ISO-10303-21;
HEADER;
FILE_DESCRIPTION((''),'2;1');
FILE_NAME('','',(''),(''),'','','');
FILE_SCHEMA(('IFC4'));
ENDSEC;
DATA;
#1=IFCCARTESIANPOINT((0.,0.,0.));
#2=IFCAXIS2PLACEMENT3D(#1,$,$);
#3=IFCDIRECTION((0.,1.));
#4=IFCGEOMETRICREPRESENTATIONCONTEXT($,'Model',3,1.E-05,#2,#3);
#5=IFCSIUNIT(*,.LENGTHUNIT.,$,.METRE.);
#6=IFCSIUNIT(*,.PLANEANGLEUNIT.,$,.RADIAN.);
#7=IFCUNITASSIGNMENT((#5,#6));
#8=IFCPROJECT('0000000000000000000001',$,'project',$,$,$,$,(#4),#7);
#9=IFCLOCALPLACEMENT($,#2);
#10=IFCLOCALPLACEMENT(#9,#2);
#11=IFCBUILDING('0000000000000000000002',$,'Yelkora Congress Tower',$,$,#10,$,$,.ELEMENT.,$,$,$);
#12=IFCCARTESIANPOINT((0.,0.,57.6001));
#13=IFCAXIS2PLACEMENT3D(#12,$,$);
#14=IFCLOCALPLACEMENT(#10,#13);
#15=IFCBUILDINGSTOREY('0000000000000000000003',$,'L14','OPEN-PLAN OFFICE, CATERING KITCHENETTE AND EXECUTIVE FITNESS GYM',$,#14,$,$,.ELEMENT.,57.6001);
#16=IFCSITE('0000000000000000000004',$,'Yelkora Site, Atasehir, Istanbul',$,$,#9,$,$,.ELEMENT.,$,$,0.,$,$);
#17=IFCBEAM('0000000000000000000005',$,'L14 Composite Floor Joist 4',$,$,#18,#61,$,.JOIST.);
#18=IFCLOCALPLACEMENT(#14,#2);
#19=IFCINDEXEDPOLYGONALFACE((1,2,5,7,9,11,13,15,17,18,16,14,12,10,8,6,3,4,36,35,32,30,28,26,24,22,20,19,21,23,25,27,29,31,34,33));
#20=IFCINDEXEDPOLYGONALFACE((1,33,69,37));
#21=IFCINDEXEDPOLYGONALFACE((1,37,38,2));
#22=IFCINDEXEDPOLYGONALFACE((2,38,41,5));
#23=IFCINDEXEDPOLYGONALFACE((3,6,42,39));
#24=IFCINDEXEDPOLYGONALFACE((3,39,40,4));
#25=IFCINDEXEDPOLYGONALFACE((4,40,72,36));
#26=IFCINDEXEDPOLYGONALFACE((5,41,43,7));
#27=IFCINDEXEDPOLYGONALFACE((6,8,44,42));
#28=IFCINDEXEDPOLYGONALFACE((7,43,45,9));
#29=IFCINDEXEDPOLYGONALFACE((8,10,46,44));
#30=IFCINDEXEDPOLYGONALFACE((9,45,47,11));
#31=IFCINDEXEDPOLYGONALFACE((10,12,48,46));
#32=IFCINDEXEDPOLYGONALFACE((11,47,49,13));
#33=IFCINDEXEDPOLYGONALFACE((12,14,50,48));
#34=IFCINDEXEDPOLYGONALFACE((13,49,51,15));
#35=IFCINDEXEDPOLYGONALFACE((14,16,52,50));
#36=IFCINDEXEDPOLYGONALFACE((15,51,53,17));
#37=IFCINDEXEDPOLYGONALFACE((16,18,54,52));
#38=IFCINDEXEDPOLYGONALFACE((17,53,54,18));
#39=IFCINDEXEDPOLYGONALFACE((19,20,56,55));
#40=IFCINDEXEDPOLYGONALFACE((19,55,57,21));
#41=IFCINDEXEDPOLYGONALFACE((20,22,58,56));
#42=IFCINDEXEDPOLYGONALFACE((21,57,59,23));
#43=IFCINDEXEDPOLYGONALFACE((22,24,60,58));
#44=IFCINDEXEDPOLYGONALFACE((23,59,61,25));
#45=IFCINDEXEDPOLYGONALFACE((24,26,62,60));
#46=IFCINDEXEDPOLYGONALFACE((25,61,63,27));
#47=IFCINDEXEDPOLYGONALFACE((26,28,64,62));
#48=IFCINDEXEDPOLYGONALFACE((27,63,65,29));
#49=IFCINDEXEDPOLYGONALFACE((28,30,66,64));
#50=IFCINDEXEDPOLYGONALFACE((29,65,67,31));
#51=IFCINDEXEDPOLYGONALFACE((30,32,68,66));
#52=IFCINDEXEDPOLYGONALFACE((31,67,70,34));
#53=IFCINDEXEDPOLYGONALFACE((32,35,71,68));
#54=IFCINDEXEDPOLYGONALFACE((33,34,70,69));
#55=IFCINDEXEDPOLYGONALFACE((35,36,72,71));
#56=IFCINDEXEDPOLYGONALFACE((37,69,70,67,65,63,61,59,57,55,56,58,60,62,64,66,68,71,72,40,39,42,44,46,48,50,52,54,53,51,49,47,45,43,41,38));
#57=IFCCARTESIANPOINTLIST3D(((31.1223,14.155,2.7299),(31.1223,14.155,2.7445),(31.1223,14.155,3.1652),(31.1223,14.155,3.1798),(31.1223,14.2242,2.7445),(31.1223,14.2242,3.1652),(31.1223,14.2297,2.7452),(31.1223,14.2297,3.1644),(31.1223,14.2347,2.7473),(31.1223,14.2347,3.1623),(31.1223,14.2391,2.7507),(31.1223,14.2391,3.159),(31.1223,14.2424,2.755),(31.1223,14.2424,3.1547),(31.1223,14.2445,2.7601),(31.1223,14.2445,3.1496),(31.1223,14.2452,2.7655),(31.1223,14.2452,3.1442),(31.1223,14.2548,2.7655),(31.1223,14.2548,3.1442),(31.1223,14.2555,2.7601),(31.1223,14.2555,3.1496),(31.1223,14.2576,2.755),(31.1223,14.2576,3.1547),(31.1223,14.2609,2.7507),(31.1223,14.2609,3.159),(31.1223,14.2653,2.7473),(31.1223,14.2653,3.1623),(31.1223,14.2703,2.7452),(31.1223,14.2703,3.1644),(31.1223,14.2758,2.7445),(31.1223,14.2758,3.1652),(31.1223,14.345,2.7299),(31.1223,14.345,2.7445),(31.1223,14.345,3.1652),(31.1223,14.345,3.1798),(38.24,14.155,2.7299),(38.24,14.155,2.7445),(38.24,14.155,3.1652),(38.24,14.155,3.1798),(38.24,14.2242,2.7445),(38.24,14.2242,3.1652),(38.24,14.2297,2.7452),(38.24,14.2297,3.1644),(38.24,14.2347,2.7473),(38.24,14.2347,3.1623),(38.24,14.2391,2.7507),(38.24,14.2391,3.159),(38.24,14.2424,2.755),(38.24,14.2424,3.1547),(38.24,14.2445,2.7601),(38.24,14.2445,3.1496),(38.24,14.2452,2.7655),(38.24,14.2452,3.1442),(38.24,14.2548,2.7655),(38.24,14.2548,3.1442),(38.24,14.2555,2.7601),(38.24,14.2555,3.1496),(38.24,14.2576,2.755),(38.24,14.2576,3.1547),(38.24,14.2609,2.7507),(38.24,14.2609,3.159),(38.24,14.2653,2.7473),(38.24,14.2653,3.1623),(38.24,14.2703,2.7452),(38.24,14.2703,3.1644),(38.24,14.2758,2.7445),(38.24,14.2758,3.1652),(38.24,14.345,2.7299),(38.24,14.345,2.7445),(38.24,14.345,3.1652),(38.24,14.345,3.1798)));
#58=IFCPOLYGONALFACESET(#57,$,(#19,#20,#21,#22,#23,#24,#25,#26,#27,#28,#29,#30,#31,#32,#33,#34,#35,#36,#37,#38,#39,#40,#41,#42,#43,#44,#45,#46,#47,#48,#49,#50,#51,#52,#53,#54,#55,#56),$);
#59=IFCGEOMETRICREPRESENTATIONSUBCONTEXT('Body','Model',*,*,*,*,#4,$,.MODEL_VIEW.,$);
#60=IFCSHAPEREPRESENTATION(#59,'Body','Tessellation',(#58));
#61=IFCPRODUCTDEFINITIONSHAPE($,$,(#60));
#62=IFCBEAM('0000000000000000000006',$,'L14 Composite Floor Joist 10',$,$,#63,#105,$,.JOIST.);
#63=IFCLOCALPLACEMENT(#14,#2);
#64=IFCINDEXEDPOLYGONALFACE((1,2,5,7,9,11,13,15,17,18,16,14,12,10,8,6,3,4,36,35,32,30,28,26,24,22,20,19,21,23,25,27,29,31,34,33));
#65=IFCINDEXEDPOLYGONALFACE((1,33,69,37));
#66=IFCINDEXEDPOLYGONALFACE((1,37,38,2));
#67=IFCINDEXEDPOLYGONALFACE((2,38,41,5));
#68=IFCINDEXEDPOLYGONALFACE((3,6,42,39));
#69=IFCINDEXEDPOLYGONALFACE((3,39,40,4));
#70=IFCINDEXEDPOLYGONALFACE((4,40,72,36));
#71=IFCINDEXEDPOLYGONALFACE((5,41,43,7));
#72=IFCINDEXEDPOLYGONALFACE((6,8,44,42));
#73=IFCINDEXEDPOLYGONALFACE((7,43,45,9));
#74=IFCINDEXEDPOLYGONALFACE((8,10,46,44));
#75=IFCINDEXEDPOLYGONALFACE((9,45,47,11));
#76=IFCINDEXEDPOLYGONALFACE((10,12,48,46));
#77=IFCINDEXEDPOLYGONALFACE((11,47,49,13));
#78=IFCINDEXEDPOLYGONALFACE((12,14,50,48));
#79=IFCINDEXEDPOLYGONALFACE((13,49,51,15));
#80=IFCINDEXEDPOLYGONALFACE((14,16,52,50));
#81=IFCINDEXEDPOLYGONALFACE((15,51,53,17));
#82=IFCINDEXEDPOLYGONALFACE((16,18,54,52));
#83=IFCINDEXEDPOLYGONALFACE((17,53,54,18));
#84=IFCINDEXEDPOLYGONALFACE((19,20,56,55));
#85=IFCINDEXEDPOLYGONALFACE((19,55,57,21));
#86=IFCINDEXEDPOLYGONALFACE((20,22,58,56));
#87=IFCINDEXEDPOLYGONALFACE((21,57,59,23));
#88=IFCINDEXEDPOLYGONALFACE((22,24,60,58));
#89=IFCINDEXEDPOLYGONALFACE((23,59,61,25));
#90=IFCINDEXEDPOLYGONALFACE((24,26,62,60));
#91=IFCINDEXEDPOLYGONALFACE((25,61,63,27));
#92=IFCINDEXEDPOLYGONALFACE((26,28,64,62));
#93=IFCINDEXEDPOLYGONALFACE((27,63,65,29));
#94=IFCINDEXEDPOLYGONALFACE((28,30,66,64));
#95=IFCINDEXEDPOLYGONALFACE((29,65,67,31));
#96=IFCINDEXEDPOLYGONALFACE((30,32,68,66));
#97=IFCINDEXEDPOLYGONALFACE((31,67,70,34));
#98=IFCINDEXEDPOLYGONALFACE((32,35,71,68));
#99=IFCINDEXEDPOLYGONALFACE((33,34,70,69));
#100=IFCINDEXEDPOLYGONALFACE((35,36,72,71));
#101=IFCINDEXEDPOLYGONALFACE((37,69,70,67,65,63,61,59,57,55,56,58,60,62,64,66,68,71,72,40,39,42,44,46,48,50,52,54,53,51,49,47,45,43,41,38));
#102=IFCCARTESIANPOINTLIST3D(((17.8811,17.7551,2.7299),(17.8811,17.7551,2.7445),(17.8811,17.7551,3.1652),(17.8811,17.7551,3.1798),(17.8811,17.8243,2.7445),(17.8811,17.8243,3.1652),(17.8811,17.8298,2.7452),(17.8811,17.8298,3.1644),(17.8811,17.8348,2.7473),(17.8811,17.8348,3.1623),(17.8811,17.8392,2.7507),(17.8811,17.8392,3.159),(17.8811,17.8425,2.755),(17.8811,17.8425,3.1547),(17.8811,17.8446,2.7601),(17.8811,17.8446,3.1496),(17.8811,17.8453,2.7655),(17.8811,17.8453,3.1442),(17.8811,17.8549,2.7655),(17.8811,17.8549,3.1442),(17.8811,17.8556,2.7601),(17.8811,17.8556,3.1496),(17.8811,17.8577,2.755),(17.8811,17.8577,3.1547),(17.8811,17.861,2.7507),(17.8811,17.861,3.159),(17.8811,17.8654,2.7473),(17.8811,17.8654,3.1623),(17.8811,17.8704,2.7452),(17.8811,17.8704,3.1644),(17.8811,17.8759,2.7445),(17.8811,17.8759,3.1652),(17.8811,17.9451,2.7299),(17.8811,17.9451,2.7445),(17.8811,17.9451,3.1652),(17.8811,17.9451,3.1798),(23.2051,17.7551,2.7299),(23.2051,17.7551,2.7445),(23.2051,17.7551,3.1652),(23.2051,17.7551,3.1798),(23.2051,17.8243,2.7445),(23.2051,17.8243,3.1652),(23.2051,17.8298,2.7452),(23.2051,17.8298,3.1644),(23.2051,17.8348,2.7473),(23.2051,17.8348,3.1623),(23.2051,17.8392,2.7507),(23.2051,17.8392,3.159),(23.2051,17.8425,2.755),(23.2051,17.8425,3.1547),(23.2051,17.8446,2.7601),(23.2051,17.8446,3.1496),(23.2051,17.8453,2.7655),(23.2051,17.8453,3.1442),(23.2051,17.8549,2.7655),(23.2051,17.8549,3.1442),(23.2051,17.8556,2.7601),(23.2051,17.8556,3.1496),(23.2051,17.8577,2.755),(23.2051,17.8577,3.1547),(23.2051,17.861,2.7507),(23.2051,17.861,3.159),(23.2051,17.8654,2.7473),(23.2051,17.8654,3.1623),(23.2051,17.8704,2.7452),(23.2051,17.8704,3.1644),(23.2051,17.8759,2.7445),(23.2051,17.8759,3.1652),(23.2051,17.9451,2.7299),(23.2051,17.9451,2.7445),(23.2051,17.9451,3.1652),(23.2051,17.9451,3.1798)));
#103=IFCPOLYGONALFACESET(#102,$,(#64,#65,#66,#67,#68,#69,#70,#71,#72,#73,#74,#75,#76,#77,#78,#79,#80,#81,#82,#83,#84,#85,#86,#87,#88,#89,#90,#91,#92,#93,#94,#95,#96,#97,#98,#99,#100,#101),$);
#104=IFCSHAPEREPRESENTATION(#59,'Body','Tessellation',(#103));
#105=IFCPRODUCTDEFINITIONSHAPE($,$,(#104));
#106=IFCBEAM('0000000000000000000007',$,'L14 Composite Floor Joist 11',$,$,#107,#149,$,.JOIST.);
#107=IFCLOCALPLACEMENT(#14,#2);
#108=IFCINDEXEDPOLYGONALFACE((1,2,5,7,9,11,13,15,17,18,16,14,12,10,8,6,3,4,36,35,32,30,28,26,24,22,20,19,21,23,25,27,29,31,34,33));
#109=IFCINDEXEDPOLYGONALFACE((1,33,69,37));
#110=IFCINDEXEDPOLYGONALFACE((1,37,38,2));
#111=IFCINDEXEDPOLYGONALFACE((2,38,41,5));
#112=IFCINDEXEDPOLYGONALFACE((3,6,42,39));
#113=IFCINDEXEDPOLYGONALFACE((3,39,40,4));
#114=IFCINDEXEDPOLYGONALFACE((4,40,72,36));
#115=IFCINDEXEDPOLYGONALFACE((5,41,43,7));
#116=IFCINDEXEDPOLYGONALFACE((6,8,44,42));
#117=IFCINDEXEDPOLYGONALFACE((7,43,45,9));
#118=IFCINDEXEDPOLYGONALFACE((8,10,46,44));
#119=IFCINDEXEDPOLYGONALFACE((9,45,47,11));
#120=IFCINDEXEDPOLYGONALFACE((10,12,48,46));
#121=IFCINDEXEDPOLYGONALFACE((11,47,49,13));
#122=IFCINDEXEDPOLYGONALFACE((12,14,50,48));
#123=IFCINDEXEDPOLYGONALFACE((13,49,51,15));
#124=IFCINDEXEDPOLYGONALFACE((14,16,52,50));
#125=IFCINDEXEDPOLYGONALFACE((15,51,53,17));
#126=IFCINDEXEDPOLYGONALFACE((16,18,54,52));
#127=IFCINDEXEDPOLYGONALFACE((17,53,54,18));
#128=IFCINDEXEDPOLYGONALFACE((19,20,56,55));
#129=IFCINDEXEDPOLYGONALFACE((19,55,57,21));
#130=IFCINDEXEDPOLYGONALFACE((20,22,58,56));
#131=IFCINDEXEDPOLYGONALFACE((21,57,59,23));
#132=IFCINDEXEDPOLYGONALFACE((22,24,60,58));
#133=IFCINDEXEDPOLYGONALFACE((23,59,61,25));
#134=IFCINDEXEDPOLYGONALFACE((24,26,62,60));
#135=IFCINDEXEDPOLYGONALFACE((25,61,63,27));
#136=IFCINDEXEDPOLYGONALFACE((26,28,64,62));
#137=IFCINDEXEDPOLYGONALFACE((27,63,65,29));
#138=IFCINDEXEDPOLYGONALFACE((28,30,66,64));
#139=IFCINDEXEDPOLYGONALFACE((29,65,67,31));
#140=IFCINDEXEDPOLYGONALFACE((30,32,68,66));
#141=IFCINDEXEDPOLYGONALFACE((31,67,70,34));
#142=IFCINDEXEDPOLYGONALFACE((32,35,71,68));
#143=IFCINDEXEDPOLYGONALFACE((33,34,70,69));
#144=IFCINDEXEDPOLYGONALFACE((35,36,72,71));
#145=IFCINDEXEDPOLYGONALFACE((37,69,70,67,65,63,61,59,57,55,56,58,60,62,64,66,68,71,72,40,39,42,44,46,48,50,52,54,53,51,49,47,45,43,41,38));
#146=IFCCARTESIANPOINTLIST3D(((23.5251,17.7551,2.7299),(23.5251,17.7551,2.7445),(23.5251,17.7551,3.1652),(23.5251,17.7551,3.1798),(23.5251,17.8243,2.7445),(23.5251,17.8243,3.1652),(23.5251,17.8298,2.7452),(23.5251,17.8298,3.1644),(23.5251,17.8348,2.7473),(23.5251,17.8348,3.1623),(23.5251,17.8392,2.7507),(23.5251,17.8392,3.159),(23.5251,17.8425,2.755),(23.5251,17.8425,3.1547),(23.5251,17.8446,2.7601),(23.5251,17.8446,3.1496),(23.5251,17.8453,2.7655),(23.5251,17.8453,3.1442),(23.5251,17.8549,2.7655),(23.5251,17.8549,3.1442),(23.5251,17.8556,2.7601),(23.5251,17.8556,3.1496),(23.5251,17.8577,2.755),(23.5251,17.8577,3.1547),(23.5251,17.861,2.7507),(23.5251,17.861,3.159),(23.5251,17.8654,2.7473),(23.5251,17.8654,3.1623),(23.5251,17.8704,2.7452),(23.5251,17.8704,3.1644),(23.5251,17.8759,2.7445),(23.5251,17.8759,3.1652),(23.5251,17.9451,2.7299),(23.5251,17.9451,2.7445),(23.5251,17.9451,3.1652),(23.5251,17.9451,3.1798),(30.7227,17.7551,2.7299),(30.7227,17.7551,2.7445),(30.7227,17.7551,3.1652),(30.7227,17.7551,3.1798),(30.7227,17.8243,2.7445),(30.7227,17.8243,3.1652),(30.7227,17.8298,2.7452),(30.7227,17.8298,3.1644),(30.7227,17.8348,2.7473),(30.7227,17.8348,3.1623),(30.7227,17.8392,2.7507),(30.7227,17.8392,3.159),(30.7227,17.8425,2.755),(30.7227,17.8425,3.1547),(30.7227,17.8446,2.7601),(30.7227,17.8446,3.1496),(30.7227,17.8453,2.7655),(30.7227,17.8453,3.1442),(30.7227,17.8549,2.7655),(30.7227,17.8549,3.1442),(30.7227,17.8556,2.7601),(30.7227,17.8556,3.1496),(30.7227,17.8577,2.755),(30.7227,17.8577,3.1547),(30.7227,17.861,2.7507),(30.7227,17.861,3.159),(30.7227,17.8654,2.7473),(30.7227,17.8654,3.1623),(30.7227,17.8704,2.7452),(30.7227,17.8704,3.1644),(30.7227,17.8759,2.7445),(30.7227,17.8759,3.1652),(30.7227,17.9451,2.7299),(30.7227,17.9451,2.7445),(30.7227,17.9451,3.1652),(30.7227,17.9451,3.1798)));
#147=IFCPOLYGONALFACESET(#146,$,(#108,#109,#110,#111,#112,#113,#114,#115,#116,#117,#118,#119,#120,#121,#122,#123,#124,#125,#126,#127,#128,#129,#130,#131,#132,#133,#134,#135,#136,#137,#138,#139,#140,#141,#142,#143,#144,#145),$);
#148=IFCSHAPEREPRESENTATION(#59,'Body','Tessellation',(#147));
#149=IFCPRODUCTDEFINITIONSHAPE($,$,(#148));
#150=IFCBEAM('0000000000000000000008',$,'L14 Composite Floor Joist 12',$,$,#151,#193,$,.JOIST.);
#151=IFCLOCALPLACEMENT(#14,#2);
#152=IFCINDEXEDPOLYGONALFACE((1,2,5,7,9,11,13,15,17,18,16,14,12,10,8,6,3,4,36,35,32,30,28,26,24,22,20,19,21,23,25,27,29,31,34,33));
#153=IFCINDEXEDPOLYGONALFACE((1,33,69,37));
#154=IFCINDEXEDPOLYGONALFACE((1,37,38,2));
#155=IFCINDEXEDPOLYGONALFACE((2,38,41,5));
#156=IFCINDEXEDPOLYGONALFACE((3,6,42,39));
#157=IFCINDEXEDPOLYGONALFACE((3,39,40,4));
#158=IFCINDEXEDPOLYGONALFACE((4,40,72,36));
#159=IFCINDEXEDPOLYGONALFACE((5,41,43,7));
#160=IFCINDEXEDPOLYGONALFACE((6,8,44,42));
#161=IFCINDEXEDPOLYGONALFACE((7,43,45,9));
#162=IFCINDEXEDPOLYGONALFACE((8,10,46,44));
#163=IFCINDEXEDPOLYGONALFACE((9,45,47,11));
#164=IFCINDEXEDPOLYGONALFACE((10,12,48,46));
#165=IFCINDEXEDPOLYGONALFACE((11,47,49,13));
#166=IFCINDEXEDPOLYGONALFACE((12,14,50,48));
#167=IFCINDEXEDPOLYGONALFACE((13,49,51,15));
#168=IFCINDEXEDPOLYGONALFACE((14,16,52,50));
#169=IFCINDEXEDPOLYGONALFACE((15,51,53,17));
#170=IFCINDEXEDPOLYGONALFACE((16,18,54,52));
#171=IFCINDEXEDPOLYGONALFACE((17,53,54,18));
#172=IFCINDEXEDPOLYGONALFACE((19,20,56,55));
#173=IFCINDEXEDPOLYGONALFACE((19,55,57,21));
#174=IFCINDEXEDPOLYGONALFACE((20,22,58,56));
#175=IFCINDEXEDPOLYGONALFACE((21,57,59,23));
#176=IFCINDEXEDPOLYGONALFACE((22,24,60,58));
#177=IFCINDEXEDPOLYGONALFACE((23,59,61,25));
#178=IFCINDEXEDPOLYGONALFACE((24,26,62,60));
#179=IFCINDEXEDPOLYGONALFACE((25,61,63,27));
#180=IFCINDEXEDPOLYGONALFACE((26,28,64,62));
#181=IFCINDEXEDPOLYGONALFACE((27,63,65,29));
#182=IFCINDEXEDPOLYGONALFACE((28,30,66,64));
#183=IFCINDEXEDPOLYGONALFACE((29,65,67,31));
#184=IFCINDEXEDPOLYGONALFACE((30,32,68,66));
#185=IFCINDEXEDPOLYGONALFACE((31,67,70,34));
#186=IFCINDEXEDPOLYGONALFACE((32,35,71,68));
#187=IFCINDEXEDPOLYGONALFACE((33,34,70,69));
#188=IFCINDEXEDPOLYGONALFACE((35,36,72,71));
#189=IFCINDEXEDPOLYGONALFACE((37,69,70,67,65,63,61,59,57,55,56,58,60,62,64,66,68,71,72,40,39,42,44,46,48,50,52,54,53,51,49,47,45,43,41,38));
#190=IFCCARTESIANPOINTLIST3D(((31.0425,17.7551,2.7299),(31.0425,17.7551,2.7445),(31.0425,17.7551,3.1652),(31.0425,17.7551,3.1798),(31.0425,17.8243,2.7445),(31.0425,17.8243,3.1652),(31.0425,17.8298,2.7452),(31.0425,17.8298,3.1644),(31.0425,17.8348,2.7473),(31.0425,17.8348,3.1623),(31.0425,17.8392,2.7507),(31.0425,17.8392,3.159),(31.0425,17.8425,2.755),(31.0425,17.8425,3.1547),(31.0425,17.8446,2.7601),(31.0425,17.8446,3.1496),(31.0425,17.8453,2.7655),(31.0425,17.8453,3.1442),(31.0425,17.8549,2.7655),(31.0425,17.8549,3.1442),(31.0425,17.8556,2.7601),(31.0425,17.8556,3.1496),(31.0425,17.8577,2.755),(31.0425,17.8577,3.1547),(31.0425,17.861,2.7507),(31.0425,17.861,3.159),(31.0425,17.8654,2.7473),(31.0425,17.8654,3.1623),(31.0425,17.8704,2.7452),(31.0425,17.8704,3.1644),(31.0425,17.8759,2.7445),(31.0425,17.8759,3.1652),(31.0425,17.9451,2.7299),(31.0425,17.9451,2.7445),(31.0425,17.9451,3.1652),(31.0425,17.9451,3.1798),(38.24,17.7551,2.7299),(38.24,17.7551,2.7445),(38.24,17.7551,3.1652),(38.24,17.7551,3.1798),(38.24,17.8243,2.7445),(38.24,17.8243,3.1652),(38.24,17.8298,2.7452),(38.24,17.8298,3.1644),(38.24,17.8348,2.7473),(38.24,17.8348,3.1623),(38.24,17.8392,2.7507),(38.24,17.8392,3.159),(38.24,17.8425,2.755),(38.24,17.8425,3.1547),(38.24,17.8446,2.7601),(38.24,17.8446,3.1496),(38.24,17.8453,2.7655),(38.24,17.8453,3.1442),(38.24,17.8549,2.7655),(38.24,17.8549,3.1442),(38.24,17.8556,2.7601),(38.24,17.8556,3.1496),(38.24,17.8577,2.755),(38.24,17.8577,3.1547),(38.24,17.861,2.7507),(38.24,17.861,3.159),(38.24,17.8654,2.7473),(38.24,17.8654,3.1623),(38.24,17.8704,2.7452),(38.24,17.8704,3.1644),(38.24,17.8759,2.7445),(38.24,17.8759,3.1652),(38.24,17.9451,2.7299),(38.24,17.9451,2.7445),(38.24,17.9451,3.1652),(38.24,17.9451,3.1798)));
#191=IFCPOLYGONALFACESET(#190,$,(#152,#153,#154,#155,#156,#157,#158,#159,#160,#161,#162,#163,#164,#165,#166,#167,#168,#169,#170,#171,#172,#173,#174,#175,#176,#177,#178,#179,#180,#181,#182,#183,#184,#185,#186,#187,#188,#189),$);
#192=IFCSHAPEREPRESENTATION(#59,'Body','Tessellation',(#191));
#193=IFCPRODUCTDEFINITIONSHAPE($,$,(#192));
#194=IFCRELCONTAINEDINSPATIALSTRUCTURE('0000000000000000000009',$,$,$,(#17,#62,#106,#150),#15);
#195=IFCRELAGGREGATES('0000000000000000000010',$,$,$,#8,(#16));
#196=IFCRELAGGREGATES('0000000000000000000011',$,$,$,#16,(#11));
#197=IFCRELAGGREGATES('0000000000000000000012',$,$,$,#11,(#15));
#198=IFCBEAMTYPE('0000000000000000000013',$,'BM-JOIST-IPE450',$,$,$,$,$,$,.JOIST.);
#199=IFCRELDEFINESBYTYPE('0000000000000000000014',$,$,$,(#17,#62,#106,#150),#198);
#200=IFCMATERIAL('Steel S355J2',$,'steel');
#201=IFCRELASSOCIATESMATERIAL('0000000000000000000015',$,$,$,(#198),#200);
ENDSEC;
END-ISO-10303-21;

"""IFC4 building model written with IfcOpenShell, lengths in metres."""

from ifc_helpers import new_model, si_unit, direction, frame, origin, origin_2d, place, context, subcontext, project, spatial, i_section, extrude, material, material_profile, profile_set, type_object, element, save


model = new_model("IFC4")

# Units and contexts
model_context = context("Model", 3, precision=1e-05, world=origin(), true_north=direction((0.0, 1.0)))
body_context = subcontext(model_context, "Body", "Model", "MODEL_VIEW")
ifc_project = project(units=[si_unit("LENGTHUNIT", "METRE"), si_unit("PLANEANGLEUNIT", "RADIAN")], contexts=[model_context])

# Site, building, storey
site_placement = place(None, origin())
site = spatial("IfcSite", under=ifc_project, at=site_placement, Name="Yelkora Site, Atasehir, Istanbul", CompositionType="ELEMENT", RefElevation=0.0)
building_placement = place(site_placement, origin())
building = spatial("IfcBuilding", under=site, at=building_placement, Name="Yelkora Congress Tower", CompositionType="ELEMENT")
storey_placement = place(building_placement, frame((0.0, 0.0, 57.6001)))
storey = spatial("IfcBuildingStorey", under=building, at=storey_placement, Name="L14", Description="OPEN-PLAN OFFICE, CATERING KITCHENETTE AND EXECUTIVE FITNESS GYM", CompositionType="ELEMENT", Elevation=57.6001)

# Beams
ifc_material_1 = material(Name="Steel S355J2", Category="steel")
ifc_material_profile_1 = material_profile(ifc_material_1, i_section(OverallWidth=0.1899, OverallDepth=0.45, WebThickness=0.0095, FlangeThickness=0.0146, FilletRadius=0.021, at=origin_2d()), Name="IPE 450")
ifc_profile_set_1 = profile_set([ifc_material_profile_1], Name="Steel S355J2")
beam_type_1 = type_object("IfcBeamType", Name="BM-JOIST-IPE450", PredefinedType="JOIST", material=ifc_profile_set_1)
for number, where, z_axis, x_axis, name in (
    (1, (31.1223, 14.25, 2.9548), (1.0, 0.0, 0.0), (0.0, 1.0, 0.0), "L14 Composite Floor Joist 4"),
):
    element("IfcBeam", number, at=place(storey_placement, frame(where, z_axis=z_axis, x_axis=x_axis)), inside=storey, type_object=beam_type_1, Name=name, PredefinedType="JOIST", context=body_context, shape_type="SweptSolid", body=[
        extrude(i_section(OverallWidth=0.1899, OverallDepth=0.45, WebThickness=0.0095, FlangeThickness=0.0146, FilletRadius=0.021, at=origin_2d()), origin(), (0.0, 0.0, 1.0), 7.1177),
    ])
beam_1_placement = place(storey_placement, frame((17.8811, 17.8501, 2.9548), z_axis=(1.0, 0.0, 0.0), x_axis=(0.0, 1.0, 0.0)))
element("IfcBeam", 2, at=beam_1_placement, inside=storey, type_object=beam_type_1, Name="L14 Composite Floor Joist 10", PredefinedType="JOIST", context=body_context, shape_type="SweptSolid", body=[
    extrude(i_section(OverallWidth=0.1899, OverallDepth=0.45, WebThickness=0.0095, FlangeThickness=0.0146, FilletRadius=0.021, at=origin_2d()), origin(), (0.0, 0.0, 1.0), 5.324),
])
for number, where, z_axis, x_axis, name in (
    (3, (23.5251, 17.8501, 2.9548), (1.0, 0.0, 0.0), (0.0, 1.0, 0.0), "L14 Composite Floor Joist 11"),
    (4, (31.0425, 17.8501, 2.9548), (1.0, 0.0, 0.0), (0.0, 1.0, 0.0), "L14 Composite Floor Joist 12"),
):
    element("IfcBeam", number, at=place(storey_placement, frame(where, z_axis=z_axis, x_axis=x_axis)), inside=storey, type_object=beam_type_1, Name=name, PredefinedType="JOIST", context=body_context, shape_type="SweptSolid", body=[
        extrude(i_section(OverallWidth=0.1899, OverallDepth=0.45, WebThickness=0.0095, FlangeThickness=0.0146, FilletRadius=0.021, at=origin_2d()), origin(), (0.0, 0.0, 1.0), 7.1975),
    ])

save(model, "model.ifc")
